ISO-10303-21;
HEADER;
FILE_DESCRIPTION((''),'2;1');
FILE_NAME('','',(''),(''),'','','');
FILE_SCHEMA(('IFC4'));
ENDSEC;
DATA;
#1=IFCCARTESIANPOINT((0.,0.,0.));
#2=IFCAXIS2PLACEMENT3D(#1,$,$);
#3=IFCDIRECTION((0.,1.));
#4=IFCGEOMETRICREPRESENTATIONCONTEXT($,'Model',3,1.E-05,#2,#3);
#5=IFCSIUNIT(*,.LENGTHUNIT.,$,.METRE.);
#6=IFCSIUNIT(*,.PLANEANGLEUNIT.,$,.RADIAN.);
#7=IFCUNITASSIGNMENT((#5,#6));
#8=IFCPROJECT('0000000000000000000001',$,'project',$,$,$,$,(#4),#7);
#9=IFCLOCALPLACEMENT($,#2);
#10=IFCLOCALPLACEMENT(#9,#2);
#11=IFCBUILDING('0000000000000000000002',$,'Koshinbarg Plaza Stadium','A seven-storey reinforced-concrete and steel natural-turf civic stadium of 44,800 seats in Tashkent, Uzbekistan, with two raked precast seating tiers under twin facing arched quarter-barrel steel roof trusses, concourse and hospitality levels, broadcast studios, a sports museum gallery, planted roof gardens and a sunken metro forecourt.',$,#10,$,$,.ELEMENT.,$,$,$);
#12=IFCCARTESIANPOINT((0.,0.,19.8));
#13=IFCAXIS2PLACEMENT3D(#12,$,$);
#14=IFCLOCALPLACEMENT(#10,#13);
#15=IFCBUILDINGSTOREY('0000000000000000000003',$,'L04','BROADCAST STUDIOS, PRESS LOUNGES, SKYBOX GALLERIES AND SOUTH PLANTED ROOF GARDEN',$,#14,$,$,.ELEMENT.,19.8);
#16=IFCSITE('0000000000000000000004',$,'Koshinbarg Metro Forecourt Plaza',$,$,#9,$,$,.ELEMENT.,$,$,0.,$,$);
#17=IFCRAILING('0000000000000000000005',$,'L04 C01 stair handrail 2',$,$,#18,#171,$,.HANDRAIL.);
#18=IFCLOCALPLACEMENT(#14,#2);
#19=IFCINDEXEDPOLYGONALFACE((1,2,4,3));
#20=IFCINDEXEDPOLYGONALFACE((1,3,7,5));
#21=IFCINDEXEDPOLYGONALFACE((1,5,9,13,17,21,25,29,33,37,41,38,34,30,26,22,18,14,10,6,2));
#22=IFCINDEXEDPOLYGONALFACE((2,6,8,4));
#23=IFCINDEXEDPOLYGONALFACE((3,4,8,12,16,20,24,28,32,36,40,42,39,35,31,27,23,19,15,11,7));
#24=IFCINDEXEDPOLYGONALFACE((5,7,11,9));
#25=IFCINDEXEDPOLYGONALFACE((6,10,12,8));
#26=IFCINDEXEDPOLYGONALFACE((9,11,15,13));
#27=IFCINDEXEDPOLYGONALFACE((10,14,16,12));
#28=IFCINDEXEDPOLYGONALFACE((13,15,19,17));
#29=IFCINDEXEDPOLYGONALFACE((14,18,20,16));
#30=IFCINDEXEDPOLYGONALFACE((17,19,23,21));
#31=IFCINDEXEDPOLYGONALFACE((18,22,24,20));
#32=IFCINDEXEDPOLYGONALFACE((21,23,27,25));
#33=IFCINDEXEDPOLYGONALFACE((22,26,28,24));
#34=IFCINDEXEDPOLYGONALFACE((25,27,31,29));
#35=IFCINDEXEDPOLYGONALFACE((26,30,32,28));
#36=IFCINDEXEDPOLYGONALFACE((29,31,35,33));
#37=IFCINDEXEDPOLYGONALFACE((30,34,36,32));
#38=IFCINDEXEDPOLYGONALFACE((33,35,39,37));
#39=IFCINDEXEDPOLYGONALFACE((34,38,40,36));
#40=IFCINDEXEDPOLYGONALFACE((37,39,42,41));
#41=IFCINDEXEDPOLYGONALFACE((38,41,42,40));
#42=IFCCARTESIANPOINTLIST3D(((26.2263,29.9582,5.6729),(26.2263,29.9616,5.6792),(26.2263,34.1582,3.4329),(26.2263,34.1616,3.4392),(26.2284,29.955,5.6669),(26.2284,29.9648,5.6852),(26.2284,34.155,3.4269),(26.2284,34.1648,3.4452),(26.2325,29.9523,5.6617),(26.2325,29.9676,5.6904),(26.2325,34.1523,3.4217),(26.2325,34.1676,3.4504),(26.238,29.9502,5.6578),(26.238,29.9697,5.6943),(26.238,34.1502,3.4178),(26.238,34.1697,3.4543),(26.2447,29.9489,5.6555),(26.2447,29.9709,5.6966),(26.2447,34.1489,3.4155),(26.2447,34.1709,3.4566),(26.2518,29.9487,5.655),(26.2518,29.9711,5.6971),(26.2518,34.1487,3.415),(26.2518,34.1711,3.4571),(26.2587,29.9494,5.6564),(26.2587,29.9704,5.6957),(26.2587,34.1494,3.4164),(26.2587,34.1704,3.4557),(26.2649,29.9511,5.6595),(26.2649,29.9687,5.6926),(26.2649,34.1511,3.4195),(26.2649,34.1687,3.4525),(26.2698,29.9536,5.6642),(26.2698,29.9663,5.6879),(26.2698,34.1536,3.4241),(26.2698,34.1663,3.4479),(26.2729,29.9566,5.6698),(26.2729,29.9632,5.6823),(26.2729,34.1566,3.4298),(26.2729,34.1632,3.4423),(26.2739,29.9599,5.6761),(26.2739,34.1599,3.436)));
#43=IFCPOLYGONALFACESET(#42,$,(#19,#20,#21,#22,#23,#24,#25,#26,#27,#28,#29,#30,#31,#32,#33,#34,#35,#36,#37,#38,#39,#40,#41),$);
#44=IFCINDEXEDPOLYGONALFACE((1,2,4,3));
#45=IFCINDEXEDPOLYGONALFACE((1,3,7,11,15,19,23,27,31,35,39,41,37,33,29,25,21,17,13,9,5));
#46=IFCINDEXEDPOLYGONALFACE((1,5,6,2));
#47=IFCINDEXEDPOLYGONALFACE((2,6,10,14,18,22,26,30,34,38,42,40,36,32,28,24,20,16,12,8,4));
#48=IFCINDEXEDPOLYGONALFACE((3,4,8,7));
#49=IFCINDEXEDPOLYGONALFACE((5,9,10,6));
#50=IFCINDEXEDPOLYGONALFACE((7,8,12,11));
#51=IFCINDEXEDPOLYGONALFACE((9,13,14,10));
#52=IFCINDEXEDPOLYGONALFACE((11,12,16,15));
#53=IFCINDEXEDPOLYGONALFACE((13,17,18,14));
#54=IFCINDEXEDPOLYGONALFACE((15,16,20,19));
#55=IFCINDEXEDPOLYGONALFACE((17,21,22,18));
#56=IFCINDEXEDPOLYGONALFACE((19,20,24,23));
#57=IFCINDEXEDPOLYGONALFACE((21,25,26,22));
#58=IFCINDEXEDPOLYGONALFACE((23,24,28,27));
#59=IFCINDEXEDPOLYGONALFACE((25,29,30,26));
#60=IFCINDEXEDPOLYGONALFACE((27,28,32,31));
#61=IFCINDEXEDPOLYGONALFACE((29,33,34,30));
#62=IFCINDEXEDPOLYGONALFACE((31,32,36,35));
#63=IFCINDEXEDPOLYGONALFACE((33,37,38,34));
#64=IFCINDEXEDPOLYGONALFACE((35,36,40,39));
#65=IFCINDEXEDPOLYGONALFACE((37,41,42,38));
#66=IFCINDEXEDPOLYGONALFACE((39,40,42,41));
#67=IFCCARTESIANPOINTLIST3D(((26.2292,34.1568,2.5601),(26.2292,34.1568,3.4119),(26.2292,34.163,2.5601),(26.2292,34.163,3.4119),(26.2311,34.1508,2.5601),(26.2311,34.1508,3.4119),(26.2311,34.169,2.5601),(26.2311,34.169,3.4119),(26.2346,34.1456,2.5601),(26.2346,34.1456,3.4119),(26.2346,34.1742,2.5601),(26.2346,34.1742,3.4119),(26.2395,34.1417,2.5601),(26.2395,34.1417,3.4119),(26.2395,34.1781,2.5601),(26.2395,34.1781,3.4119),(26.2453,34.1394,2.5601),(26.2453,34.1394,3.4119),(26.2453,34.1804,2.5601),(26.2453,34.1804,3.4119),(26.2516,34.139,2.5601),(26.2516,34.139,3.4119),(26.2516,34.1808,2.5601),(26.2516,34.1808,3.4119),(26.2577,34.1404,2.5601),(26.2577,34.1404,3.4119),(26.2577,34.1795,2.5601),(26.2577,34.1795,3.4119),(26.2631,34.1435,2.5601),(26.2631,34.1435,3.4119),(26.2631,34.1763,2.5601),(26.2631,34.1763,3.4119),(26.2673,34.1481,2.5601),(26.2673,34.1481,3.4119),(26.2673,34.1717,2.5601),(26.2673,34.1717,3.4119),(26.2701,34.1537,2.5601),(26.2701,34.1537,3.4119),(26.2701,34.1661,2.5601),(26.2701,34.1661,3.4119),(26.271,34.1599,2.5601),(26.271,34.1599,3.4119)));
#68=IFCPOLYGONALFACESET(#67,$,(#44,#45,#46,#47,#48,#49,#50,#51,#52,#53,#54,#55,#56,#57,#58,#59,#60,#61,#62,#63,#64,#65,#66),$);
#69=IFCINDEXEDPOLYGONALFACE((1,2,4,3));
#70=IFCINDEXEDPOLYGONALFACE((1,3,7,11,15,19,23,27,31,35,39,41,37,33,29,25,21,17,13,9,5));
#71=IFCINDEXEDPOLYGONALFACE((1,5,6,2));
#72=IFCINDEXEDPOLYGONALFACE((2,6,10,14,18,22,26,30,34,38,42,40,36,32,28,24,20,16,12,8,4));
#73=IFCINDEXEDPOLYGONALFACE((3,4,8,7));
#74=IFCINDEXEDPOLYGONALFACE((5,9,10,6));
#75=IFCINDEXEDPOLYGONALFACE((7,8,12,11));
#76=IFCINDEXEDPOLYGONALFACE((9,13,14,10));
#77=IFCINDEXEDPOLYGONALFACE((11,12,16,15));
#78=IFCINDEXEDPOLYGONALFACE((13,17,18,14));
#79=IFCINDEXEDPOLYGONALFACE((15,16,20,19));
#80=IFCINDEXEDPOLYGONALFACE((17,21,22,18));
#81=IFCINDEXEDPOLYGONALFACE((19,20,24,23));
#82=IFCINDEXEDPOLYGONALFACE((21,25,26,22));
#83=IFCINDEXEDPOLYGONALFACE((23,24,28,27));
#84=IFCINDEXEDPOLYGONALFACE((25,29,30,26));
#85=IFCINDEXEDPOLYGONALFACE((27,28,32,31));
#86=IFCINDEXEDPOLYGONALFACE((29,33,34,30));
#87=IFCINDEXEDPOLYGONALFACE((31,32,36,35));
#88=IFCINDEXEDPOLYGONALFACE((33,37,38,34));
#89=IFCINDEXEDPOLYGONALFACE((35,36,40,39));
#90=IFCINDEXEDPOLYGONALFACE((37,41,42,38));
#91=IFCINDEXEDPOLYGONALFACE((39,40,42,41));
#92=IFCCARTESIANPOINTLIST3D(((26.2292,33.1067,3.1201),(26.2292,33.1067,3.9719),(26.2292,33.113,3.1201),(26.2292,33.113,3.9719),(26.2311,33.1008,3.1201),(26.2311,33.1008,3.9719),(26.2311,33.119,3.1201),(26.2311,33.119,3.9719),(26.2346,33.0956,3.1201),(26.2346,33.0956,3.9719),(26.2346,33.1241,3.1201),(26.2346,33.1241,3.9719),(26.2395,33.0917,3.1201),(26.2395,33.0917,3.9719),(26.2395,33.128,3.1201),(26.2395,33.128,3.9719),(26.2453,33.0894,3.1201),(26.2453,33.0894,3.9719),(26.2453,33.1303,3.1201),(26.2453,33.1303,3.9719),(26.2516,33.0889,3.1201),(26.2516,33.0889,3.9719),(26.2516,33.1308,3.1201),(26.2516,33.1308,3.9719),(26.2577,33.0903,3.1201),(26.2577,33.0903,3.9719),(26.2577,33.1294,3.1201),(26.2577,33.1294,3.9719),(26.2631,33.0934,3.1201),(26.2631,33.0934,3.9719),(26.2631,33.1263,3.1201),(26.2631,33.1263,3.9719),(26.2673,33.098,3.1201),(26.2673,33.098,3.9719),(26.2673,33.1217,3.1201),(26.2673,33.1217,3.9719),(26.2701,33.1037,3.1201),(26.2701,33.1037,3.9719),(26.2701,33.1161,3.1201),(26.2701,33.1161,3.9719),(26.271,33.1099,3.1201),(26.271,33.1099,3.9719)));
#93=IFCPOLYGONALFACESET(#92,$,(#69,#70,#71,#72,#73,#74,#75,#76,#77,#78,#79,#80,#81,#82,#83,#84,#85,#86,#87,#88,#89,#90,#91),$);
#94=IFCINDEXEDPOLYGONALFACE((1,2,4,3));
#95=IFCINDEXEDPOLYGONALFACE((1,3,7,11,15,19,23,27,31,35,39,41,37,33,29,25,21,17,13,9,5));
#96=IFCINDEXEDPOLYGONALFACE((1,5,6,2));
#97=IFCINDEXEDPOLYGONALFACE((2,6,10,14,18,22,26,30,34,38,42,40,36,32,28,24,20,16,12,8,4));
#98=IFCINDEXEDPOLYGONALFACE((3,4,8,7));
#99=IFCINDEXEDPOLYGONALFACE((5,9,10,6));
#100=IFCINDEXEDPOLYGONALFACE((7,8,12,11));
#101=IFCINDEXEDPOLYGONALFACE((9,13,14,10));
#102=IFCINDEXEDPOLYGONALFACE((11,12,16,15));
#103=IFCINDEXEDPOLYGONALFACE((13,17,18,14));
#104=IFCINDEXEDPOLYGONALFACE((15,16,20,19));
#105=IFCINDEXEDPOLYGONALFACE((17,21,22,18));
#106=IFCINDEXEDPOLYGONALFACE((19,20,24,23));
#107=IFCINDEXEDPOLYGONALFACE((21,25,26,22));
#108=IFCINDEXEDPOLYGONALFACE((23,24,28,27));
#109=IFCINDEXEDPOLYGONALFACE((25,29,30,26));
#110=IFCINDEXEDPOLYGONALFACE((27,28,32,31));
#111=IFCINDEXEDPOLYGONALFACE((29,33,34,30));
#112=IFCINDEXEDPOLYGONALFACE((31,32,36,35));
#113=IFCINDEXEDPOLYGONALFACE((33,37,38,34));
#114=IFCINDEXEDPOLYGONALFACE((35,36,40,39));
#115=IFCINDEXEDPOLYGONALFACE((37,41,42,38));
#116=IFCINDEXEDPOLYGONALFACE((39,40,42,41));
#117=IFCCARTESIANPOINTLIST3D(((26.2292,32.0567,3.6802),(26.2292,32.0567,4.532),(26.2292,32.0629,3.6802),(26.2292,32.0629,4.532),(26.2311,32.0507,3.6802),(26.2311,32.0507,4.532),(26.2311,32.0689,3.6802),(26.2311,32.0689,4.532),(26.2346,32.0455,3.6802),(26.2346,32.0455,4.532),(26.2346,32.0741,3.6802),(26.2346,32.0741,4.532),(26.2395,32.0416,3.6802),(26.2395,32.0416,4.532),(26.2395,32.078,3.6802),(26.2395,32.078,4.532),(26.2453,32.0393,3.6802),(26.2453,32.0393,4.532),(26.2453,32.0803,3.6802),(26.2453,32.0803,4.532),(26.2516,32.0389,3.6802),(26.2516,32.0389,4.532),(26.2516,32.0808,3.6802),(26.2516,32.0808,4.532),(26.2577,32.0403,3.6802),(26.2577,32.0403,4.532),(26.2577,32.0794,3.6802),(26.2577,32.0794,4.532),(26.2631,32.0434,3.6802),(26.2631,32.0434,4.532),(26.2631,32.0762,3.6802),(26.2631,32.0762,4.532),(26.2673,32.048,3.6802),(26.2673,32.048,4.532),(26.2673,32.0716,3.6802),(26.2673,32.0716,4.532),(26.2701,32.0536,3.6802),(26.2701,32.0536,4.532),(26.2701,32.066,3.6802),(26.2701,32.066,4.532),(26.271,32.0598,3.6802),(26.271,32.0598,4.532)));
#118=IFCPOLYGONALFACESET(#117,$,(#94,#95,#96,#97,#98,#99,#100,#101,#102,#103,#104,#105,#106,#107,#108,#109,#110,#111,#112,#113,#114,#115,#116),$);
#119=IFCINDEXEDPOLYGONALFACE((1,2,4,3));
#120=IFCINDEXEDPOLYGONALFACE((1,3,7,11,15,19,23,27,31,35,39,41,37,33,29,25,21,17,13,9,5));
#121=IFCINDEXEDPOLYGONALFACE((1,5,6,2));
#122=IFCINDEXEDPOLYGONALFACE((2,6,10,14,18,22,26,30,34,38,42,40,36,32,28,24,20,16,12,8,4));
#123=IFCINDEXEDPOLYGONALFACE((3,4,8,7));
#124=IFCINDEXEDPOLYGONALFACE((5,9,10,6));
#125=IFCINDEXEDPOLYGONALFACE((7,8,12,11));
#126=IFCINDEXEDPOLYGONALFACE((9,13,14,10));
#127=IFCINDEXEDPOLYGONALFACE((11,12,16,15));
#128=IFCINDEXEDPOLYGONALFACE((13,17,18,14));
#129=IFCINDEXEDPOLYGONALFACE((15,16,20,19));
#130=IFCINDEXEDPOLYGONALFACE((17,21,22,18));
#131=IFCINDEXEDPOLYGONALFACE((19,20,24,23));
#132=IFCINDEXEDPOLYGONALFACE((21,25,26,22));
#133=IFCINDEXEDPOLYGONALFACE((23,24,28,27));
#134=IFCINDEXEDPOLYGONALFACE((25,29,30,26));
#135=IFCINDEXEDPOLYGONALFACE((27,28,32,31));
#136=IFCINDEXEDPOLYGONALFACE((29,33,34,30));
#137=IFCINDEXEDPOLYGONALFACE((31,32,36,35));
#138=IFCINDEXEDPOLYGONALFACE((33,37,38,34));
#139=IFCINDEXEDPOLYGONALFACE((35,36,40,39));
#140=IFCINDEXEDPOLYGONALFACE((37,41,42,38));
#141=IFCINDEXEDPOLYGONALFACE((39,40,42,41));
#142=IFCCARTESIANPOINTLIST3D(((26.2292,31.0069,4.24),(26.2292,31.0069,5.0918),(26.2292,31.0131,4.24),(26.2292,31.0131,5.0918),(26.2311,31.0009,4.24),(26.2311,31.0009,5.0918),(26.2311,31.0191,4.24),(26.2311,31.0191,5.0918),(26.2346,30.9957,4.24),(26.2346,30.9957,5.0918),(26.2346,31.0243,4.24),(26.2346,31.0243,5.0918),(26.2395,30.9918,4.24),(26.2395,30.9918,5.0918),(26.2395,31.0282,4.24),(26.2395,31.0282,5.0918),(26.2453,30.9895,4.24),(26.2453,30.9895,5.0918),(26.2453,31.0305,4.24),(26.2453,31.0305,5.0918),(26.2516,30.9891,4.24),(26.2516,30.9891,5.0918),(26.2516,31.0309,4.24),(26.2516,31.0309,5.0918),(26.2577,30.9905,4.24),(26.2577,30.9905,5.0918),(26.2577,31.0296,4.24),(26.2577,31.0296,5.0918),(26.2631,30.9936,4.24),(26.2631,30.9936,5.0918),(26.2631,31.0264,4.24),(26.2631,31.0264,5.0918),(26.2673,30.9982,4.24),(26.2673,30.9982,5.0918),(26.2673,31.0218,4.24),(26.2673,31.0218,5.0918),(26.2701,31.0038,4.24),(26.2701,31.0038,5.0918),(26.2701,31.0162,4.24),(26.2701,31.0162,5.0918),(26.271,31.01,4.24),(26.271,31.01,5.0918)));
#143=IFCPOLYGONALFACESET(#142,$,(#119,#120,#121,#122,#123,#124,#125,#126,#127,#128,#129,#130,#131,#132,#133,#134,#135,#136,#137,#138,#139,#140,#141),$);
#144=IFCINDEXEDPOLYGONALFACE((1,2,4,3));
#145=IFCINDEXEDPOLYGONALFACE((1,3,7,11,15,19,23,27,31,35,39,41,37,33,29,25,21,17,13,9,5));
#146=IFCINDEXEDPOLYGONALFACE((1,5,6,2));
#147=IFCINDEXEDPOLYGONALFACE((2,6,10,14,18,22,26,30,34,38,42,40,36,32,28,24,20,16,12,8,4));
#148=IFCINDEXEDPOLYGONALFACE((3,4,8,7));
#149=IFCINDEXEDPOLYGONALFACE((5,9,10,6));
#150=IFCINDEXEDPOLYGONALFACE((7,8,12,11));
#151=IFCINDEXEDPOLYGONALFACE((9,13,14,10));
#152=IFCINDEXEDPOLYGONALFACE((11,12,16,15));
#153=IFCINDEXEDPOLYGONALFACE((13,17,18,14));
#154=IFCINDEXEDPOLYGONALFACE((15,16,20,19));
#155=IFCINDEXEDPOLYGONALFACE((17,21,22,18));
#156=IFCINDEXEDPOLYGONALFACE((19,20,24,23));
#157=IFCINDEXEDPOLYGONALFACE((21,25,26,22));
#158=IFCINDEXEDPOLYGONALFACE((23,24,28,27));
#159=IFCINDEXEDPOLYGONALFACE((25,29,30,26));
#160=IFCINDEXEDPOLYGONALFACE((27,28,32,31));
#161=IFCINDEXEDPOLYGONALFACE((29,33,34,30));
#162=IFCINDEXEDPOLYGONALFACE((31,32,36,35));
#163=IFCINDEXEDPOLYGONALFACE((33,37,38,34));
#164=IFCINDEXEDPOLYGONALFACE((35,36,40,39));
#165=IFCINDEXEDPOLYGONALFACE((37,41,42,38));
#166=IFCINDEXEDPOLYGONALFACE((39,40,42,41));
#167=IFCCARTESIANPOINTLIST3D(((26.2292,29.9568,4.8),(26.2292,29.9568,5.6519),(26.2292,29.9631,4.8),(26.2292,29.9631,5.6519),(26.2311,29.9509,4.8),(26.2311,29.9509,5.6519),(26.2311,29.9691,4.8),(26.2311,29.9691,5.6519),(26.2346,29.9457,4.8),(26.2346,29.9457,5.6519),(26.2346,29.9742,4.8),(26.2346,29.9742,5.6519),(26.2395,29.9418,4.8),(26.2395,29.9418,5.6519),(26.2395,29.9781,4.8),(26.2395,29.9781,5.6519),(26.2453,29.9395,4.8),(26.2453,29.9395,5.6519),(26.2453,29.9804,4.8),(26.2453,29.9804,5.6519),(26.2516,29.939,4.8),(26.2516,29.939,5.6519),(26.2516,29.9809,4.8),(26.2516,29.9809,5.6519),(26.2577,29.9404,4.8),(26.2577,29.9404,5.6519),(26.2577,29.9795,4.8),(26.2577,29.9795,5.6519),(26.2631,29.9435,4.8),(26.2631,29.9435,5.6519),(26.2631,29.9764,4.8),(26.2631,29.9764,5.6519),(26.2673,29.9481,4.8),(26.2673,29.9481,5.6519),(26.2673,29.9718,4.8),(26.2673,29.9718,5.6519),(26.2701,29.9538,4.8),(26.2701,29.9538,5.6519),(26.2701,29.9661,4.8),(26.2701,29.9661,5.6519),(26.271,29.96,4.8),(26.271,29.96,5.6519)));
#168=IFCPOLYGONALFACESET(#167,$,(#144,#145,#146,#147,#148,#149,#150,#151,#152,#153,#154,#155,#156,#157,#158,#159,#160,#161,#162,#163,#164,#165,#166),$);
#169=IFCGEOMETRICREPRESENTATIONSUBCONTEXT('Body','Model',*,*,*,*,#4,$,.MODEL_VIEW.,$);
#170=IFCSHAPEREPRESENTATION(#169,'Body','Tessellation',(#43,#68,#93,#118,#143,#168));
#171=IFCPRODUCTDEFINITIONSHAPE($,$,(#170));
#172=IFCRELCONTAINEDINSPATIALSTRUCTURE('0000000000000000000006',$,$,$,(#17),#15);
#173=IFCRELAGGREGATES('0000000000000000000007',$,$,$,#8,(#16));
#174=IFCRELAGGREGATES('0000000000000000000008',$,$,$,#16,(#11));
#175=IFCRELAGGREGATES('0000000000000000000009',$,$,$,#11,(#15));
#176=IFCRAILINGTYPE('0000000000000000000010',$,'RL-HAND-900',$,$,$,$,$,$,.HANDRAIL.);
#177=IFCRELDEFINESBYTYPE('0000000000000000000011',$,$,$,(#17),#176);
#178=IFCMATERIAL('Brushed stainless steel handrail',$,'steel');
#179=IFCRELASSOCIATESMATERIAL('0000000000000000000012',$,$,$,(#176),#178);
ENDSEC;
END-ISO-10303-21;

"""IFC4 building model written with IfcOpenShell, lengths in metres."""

from ifc_helpers import new_model, si_unit, direction, frame, origin, origin_2d, place, context, subcontext, project, spatial, circle, extrude, material, type_object, element, save


model = new_model("IFC4")

# Units and contexts
model_context = context("Model", 3, precision=1e-05, world=origin(), true_north=direction((0.0, 1.0)))
body_context = subcontext(model_context, "Body", "Model", "MODEL_VIEW")
ifc_project = project(units=[si_unit("LENGTHUNIT", "METRE"), si_unit("PLANEANGLEUNIT", "RADIAN")], contexts=[model_context])

# Site, building, storey
site_placement = place(None, origin())
site = spatial("IfcSite", under=ifc_project, at=site_placement, Name="Koshinbarg Metro Forecourt Plaza", CompositionType="ELEMENT", RefElevation=0.0)
building_placement = place(site_placement, origin())
building = spatial("IfcBuilding", under=site, at=building_placement, Name="Koshinbarg Plaza Stadium", Description="A seven-storey reinforced-concrete and steel natural-turf civic stadium of 44,800 seats in Tashkent, Uzbekistan, with two raked precast seating tiers under twin facing arched quarter-barrel steel roof trusses, concourse and hospitality levels, broadcast studios, a sports museum gallery, planted roof gardens and a sunken metro forecourt.", CompositionType="ELEMENT")
storey_placement = place(building_placement, frame((0.0, 0.0, 19.8)))
storey = spatial("IfcBuildingStorey", under=building, at=storey_placement, Name="L04", Description="BROADCAST STUDIOS, PRESS LOUNGES, SKYBOX GALLERIES AND SOUTH PLANTED ROOF GARDEN", CompositionType="ELEMENT", Elevation=19.8)

# Railing
ifc_material_1 = material(Name="Brushed stainless steel handrail", Category="steel")
railing_type_1 = type_object("IfcRailingType", Name="RL-HAND-900", PredefinedType="HANDRAIL", material=ifc_material_1)
railing_1_placement = place(storey_placement, frame((26.25, 34.1599, 2.5601)))
element("IfcRailing", 1, at=railing_1_placement, inside=storey, type_object=railing_type_1, Name="L04 C01 stair handrail 2", PredefinedType="HANDRAIL", context=body_context, shape_type="SweptSolid", body=[
    extrude(circle(Radius=0.0239, at=origin_2d()), frame((0.0, 0.0, 0.876), z_axis=(0.0, -0.882352, 0.470591), x_axis=(1.0, 0.0, 0.0)), (0.0, 0.0, 1.0), 4.76),
    extrude(circle(Radius=0.021, at=origin_2d()), origin(), (0.0, 0.0, 1.0), 0.8518),
    extrude(circle(Radius=0.021, at=origin_2d()), frame((0.0, -1.05, 0.5601)), (0.0, 0.0, 1.0), 0.8518),
    extrude(circle(Radius=0.021, at=origin_2d()), frame((0.0, -2.1001, 1.1201)), (0.0, 0.0, 1.0), 0.8518),
    extrude(circle(Radius=0.021, at=origin_2d()), frame((0.0, -3.1499, 1.6799)), (0.0, 0.0, 1.0), 0.8518),
    extrude(circle(Radius=0.021, at=origin_2d()), frame((0.0, -4.2, 2.24)), (0.0, 0.0, 1.0), 0.8518),
])

save(model, "model.ifc")
